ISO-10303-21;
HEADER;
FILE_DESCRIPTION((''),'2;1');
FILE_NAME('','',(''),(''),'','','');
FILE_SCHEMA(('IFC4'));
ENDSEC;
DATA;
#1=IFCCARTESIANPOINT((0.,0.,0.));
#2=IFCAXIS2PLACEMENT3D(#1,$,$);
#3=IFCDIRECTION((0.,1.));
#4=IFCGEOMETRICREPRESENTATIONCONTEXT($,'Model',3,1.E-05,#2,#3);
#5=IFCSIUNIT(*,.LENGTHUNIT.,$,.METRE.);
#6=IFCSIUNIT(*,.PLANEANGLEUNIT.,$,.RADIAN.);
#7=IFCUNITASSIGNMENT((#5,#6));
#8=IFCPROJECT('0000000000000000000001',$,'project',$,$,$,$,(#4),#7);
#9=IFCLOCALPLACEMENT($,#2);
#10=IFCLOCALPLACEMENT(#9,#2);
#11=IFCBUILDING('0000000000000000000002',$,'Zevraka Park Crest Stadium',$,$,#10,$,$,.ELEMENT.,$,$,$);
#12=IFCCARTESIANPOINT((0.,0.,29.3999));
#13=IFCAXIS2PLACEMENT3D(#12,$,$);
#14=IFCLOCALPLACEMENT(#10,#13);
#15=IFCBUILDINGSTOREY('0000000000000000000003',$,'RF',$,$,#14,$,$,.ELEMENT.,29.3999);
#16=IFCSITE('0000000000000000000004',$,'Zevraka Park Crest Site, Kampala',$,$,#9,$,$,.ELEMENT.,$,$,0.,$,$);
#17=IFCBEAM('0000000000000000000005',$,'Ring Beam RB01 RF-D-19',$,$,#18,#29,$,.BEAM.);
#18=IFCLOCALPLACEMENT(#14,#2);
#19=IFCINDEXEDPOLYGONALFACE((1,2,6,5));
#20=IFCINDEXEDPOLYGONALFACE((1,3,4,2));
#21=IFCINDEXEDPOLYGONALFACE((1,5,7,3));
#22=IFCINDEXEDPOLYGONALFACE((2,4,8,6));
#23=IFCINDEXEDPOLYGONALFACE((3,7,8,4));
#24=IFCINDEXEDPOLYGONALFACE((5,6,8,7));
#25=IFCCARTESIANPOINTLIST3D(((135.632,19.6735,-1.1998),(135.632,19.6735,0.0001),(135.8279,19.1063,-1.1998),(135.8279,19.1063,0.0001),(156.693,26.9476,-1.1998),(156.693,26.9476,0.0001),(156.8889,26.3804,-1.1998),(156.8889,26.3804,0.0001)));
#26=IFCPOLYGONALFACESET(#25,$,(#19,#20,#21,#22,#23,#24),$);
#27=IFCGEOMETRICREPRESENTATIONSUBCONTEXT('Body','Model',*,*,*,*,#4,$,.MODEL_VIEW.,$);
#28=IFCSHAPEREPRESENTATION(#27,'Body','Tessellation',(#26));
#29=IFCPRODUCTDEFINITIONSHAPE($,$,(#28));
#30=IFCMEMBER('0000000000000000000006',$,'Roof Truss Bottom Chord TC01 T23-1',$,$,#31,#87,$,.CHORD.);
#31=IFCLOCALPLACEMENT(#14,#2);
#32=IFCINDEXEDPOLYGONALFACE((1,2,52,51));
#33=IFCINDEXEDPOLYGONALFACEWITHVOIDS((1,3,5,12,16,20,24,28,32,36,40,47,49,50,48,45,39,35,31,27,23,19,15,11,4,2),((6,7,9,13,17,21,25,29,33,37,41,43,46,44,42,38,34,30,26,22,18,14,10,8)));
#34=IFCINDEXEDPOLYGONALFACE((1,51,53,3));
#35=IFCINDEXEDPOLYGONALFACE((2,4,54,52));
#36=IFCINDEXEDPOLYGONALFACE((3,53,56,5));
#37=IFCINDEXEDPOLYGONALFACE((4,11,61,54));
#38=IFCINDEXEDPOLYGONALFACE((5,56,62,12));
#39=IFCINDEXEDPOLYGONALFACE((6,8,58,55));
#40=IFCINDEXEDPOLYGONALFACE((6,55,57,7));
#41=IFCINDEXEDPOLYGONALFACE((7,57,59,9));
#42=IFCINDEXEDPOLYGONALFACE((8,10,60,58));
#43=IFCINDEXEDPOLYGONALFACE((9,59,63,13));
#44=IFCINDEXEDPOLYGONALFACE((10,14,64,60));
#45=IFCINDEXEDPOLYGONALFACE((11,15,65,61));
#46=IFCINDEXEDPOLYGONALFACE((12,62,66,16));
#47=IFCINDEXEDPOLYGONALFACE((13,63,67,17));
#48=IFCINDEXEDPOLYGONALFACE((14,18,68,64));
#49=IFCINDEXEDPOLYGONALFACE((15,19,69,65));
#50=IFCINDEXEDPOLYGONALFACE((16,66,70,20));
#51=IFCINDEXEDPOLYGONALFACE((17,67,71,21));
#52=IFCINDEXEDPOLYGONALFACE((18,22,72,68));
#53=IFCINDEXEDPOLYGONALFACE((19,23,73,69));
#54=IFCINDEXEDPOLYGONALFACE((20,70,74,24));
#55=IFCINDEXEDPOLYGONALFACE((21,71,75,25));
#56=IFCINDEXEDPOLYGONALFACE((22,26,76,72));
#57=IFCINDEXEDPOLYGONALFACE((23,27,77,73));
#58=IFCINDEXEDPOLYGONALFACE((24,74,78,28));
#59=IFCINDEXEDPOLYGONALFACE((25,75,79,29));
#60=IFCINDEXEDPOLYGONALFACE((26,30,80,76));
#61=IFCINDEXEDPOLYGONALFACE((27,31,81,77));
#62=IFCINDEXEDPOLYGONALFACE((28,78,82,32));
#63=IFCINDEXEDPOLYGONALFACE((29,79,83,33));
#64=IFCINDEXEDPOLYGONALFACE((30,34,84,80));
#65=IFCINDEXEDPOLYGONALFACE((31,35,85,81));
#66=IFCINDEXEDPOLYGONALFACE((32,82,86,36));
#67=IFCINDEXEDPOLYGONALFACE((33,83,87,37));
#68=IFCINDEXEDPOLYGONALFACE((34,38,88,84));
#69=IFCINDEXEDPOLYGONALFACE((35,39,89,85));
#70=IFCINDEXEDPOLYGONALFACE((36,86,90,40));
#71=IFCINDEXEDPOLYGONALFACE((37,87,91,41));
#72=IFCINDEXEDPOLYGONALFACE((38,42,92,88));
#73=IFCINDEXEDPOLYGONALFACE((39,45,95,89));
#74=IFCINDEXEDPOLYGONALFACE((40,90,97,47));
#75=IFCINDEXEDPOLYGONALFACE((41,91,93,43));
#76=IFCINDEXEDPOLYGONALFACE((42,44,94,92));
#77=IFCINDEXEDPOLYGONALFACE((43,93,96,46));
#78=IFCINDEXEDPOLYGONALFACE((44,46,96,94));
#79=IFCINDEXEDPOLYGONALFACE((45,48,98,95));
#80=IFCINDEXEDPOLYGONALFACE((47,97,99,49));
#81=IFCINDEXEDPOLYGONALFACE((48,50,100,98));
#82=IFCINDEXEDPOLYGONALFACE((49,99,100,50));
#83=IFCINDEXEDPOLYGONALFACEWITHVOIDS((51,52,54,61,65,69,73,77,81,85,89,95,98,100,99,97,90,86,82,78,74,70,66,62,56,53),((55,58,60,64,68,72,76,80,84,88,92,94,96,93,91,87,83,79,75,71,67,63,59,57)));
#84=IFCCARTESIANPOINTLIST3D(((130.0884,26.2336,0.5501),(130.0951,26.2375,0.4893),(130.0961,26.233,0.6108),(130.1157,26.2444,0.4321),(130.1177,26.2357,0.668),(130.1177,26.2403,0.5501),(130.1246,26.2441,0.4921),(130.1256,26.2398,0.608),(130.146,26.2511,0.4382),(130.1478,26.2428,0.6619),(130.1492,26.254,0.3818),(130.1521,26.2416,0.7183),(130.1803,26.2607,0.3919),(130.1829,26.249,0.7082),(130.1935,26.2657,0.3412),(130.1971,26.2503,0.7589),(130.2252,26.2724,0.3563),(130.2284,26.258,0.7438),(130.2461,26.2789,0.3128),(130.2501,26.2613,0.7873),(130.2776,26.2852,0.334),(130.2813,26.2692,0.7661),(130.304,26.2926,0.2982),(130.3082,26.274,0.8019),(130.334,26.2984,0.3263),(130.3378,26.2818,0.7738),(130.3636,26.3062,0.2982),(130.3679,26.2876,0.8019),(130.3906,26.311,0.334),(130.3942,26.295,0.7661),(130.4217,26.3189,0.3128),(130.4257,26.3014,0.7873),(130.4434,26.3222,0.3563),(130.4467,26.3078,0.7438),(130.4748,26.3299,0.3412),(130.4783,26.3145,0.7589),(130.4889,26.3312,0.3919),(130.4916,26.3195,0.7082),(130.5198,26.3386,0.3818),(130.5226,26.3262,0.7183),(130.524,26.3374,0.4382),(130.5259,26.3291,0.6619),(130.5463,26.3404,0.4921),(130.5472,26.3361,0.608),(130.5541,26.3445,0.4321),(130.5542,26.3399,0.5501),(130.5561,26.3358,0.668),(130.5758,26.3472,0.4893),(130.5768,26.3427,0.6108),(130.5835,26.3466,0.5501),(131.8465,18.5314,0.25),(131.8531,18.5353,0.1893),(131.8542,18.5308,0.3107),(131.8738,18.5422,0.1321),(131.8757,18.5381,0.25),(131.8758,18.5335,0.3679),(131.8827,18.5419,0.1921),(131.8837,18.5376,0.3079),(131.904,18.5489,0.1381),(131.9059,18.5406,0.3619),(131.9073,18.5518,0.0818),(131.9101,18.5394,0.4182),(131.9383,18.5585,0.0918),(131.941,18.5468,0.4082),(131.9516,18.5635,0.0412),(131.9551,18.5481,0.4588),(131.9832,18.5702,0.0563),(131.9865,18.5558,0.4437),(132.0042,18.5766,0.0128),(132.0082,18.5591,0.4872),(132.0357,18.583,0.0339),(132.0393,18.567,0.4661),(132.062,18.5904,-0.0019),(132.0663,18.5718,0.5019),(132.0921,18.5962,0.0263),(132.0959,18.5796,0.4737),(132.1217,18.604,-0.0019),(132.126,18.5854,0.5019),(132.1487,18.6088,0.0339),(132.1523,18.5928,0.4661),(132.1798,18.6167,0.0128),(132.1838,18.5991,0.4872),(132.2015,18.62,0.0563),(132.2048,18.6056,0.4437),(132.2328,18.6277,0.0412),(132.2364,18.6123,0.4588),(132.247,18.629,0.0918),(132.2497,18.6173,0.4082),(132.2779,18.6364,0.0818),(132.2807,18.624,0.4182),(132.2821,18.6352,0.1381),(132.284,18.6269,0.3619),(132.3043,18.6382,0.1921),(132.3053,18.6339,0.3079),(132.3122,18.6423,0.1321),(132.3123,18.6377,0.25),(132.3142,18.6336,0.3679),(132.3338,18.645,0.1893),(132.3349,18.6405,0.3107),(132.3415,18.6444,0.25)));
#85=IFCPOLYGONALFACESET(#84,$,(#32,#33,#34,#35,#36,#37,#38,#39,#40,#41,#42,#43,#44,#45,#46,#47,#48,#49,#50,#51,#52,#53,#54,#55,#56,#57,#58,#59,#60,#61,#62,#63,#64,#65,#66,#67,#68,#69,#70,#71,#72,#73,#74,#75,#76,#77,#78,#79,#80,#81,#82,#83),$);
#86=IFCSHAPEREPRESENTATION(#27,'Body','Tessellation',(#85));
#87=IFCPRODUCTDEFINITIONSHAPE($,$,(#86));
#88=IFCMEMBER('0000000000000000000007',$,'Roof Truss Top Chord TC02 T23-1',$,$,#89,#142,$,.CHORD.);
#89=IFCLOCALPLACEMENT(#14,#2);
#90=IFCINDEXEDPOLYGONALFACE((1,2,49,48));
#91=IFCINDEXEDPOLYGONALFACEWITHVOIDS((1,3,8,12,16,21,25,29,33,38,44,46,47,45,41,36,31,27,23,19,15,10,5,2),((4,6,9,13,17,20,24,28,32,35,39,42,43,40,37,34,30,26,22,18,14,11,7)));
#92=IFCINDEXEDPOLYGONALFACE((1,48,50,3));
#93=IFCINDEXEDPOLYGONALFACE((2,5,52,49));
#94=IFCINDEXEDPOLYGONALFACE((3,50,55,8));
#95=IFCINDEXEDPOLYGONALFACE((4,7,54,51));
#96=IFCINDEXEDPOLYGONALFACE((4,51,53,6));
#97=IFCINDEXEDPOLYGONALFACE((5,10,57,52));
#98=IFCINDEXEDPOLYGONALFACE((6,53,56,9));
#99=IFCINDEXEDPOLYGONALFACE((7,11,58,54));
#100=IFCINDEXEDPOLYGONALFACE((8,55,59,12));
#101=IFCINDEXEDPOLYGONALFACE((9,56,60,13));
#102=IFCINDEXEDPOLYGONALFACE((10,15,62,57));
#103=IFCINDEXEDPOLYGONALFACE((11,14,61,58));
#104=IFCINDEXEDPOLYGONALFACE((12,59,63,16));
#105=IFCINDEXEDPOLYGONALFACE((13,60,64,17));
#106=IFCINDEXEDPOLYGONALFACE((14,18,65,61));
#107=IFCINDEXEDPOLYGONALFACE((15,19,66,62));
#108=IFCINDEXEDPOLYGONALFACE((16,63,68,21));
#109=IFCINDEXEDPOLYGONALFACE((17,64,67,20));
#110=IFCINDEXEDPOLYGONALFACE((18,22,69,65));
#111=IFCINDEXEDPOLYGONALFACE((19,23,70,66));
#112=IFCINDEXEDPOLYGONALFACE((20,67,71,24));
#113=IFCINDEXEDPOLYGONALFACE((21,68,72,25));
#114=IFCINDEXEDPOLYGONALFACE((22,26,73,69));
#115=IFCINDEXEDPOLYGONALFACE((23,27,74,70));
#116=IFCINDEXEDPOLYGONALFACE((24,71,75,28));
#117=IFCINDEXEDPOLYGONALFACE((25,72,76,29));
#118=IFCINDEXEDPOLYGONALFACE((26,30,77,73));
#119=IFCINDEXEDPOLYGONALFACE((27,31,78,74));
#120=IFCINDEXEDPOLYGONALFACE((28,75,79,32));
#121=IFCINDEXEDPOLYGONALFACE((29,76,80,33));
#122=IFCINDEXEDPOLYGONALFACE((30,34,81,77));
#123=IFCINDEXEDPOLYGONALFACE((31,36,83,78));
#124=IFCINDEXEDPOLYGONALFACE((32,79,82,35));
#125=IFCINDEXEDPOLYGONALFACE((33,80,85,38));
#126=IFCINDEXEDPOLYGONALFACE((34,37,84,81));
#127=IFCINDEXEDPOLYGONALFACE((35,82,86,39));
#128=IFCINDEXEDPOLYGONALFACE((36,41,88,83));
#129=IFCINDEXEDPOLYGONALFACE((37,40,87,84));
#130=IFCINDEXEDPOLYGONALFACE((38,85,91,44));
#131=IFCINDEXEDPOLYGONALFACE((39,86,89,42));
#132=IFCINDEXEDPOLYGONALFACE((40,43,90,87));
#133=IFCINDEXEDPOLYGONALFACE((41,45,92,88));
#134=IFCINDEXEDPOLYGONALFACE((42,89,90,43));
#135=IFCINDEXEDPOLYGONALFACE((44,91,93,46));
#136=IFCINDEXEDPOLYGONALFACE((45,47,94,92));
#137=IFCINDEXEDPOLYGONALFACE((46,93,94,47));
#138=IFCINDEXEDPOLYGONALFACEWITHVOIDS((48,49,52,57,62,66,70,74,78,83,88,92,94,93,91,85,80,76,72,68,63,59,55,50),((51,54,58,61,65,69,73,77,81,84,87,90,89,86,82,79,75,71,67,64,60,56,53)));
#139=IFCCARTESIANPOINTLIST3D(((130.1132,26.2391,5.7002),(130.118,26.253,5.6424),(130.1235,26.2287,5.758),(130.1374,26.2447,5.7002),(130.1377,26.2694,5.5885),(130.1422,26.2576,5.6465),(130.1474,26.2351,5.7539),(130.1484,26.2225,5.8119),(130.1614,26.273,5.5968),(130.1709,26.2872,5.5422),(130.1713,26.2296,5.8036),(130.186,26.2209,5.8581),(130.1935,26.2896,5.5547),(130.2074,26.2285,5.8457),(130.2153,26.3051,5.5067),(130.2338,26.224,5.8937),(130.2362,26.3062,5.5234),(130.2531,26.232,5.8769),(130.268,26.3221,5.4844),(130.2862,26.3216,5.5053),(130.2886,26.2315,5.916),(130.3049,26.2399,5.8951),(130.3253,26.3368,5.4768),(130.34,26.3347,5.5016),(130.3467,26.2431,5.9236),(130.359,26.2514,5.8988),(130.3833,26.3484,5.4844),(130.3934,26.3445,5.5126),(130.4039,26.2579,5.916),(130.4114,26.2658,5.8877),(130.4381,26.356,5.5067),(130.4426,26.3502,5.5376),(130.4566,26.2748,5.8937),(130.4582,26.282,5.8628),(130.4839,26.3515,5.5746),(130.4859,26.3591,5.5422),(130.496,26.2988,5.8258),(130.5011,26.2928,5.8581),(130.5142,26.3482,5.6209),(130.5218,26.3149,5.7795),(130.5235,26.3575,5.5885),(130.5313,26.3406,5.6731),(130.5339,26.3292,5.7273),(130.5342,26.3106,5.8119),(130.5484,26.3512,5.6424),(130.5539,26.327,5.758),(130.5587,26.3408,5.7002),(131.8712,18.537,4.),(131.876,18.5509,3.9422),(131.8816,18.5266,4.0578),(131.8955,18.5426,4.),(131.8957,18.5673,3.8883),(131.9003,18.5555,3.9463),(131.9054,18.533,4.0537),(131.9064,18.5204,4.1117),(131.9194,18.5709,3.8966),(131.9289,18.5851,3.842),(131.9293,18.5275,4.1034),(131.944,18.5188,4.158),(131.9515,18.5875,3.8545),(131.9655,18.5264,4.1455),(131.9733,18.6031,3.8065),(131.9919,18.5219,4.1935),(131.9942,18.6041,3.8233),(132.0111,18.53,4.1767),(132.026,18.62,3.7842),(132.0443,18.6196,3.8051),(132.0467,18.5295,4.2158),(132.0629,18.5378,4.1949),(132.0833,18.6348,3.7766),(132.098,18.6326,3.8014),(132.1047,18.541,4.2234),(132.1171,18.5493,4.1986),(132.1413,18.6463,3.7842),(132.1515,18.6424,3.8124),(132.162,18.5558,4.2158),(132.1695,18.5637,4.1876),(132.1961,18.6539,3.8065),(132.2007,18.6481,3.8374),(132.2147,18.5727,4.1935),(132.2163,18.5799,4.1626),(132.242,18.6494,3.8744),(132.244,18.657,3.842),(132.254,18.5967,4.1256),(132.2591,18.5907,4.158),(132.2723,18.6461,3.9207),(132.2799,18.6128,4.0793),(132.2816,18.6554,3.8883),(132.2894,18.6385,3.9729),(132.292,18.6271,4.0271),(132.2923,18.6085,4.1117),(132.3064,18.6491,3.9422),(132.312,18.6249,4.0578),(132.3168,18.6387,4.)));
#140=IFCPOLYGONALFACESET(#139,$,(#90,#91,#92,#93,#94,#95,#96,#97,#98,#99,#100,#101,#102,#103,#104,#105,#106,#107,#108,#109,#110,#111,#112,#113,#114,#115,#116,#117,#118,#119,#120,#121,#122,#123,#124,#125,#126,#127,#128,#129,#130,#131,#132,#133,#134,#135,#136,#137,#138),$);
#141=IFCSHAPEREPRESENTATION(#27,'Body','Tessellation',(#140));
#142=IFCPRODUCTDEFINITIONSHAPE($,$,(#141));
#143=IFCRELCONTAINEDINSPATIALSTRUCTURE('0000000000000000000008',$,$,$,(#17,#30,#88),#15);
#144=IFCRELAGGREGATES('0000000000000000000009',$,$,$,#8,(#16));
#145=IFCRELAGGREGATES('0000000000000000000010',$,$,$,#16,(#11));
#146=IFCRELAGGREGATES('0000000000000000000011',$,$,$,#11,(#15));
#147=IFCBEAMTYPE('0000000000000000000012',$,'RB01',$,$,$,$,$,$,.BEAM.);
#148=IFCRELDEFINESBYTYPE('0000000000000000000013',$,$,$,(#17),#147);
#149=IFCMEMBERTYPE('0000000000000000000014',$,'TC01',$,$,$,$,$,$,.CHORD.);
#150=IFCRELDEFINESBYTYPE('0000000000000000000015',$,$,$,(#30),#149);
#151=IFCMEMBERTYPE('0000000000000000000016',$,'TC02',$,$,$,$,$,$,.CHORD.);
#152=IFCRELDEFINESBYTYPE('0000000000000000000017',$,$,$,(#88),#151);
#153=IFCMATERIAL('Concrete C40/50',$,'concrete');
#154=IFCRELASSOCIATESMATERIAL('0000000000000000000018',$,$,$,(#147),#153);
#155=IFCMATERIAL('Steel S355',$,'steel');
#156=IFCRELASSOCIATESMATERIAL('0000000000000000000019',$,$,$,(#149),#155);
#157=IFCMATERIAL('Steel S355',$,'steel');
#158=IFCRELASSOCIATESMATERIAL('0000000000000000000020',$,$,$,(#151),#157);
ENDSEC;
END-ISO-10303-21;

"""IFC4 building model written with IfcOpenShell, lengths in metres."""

from ifc_helpers import new_model, si_unit, direction, frame, origin, origin_2d, place, context, subcontext, project, spatial, rectangle, hollow_circle, extrude, material, material_profile, profile_set, type_object, element, save


model = new_model("IFC4")

# Units and contexts
model_context = context("Model", 3, precision=1e-05, world=origin(), true_north=direction((0.0, 1.0)))
body_context = subcontext(model_context, "Body", "Model", "MODEL_VIEW")
ifc_project = project(units=[si_unit("LENGTHUNIT", "METRE"), si_unit("PLANEANGLEUNIT", "RADIAN")], contexts=[model_context])

# Site, building, storey
site_placement = place(None, origin())
site = spatial("IfcSite", under=ifc_project, at=site_placement, Name="Zevraka Park Crest Site, Kampala", CompositionType="ELEMENT", RefElevation=0.0)
building_placement = place(site_placement, origin())
building = spatial("IfcBuilding", under=site, at=building_placement, Name="Zevraka Park Crest Stadium", CompositionType="ELEMENT")
storey_placement = place(building_placement, frame((0.0, 0.0, 29.3999)))
storey = spatial("IfcBuildingStorey", under=building, at=storey_placement, Name="RF", CompositionType="ELEMENT", Elevation=29.3999)

# Beam
ifc_material_1 = material(Name="Concrete C40/50", Category="concrete")
ifc_material_profile_1 = material_profile(ifc_material_1, rectangle(XDim=0.6001, YDim=1.2, at=origin_2d()), Name="RC 1200x600")
ifc_profile_set_1 = profile_set([ifc_material_profile_1], Name="Concrete C40/50")
beam_type = type_object("IfcBeamType", Name="RB01", PredefinedType="BEAM", material=ifc_profile_set_1)
beam_placement = place(storey_placement, frame((135.73, 19.3899, -0.5999), z_axis=(0.94521, 0.326462, 0.0), x_axis=(-0.326462, 0.94521, 0.0)))
element("IfcBeam", 1, at=beam_placement, inside=storey, type_object=beam_type, Name="Ring Beam RB01 RF-D-19", PredefinedType="BEAM", context=body_context, shape_type="SweptSolid", body=[
    extrude(rectangle(XDim=0.6001, YDim=1.2, at=origin_2d()), origin(), (0.0, 0.0, 1.0), 22.2817),
])

# Members
ifc_material_2 = material(Name="Steel S355", Category="steel")
ifc_material_profile_2 = material_profile(ifc_material_2, hollow_circle(Radius=0.2539, WallThickness=0.03, at=origin_2d()), Name="CHS 508.0x30")
ifc_profile_set_2 = profile_set([ifc_material_profile_2], Name="Steel S355")
member_type_1 = type_object("IfcMemberType", Name="TC01", PredefinedType="CHORD", material=ifc_profile_set_2)
member_1_placement = place(storey_placement, frame((132.094, 18.5879, 0.25), z_axis=(-0.222372, 0.974223, 0.037952), x_axis=(-0.974925, -0.222532, 0.0)))
element("IfcMember", 2, at=member_1_placement, inside=storey, type_object=member_type_1, Name="Roof Truss Bottom Chord TC01 T23-1", PredefinedType="CHORD", context=body_context, shape_type="SweptSolid", body=[
    extrude(hollow_circle(Radius=0.2539, WallThickness=0.03, at=origin_2d()), origin(), (0.0, 0.0, 1.0), 7.906),
])
ifc_material_3 = material(Name="Steel S355", Category="steel")
ifc_material_profile_3 = material_profile(ifc_material_3, hollow_circle(Radius=0.2285, WallThickness=0.0249, at=origin_2d()), Name="CHS 457.0x25")
ifc_profile_set_3 = profile_set([ifc_material_profile_3], Name="Steel S355")
member_type_2 = type_object("IfcMemberType", Name="TC02", PredefinedType="CHORD", material=ifc_profile_set_3)
member_2_placement = place(storey_placement, frame((132.094, 18.5879, 4.0), z_axis=(-0.217551, 0.953104, 0.210391), x_axis=(-0.974925, -0.222532, 0.0)))
element("IfcMember", 3, at=member_2_placement, inside=storey, type_object=member_type_2, Name="Roof Truss Top Chord TC02 T23-1", PredefinedType="CHORD", context=body_context, shape_type="SweptSolid", body=[
    extrude(hollow_circle(Radius=0.2285, WallThickness=0.0249, at=origin_2d()), origin(), (0.0, 0.0, 1.0), 8.0811),
])

save(model, "model.ifc")
